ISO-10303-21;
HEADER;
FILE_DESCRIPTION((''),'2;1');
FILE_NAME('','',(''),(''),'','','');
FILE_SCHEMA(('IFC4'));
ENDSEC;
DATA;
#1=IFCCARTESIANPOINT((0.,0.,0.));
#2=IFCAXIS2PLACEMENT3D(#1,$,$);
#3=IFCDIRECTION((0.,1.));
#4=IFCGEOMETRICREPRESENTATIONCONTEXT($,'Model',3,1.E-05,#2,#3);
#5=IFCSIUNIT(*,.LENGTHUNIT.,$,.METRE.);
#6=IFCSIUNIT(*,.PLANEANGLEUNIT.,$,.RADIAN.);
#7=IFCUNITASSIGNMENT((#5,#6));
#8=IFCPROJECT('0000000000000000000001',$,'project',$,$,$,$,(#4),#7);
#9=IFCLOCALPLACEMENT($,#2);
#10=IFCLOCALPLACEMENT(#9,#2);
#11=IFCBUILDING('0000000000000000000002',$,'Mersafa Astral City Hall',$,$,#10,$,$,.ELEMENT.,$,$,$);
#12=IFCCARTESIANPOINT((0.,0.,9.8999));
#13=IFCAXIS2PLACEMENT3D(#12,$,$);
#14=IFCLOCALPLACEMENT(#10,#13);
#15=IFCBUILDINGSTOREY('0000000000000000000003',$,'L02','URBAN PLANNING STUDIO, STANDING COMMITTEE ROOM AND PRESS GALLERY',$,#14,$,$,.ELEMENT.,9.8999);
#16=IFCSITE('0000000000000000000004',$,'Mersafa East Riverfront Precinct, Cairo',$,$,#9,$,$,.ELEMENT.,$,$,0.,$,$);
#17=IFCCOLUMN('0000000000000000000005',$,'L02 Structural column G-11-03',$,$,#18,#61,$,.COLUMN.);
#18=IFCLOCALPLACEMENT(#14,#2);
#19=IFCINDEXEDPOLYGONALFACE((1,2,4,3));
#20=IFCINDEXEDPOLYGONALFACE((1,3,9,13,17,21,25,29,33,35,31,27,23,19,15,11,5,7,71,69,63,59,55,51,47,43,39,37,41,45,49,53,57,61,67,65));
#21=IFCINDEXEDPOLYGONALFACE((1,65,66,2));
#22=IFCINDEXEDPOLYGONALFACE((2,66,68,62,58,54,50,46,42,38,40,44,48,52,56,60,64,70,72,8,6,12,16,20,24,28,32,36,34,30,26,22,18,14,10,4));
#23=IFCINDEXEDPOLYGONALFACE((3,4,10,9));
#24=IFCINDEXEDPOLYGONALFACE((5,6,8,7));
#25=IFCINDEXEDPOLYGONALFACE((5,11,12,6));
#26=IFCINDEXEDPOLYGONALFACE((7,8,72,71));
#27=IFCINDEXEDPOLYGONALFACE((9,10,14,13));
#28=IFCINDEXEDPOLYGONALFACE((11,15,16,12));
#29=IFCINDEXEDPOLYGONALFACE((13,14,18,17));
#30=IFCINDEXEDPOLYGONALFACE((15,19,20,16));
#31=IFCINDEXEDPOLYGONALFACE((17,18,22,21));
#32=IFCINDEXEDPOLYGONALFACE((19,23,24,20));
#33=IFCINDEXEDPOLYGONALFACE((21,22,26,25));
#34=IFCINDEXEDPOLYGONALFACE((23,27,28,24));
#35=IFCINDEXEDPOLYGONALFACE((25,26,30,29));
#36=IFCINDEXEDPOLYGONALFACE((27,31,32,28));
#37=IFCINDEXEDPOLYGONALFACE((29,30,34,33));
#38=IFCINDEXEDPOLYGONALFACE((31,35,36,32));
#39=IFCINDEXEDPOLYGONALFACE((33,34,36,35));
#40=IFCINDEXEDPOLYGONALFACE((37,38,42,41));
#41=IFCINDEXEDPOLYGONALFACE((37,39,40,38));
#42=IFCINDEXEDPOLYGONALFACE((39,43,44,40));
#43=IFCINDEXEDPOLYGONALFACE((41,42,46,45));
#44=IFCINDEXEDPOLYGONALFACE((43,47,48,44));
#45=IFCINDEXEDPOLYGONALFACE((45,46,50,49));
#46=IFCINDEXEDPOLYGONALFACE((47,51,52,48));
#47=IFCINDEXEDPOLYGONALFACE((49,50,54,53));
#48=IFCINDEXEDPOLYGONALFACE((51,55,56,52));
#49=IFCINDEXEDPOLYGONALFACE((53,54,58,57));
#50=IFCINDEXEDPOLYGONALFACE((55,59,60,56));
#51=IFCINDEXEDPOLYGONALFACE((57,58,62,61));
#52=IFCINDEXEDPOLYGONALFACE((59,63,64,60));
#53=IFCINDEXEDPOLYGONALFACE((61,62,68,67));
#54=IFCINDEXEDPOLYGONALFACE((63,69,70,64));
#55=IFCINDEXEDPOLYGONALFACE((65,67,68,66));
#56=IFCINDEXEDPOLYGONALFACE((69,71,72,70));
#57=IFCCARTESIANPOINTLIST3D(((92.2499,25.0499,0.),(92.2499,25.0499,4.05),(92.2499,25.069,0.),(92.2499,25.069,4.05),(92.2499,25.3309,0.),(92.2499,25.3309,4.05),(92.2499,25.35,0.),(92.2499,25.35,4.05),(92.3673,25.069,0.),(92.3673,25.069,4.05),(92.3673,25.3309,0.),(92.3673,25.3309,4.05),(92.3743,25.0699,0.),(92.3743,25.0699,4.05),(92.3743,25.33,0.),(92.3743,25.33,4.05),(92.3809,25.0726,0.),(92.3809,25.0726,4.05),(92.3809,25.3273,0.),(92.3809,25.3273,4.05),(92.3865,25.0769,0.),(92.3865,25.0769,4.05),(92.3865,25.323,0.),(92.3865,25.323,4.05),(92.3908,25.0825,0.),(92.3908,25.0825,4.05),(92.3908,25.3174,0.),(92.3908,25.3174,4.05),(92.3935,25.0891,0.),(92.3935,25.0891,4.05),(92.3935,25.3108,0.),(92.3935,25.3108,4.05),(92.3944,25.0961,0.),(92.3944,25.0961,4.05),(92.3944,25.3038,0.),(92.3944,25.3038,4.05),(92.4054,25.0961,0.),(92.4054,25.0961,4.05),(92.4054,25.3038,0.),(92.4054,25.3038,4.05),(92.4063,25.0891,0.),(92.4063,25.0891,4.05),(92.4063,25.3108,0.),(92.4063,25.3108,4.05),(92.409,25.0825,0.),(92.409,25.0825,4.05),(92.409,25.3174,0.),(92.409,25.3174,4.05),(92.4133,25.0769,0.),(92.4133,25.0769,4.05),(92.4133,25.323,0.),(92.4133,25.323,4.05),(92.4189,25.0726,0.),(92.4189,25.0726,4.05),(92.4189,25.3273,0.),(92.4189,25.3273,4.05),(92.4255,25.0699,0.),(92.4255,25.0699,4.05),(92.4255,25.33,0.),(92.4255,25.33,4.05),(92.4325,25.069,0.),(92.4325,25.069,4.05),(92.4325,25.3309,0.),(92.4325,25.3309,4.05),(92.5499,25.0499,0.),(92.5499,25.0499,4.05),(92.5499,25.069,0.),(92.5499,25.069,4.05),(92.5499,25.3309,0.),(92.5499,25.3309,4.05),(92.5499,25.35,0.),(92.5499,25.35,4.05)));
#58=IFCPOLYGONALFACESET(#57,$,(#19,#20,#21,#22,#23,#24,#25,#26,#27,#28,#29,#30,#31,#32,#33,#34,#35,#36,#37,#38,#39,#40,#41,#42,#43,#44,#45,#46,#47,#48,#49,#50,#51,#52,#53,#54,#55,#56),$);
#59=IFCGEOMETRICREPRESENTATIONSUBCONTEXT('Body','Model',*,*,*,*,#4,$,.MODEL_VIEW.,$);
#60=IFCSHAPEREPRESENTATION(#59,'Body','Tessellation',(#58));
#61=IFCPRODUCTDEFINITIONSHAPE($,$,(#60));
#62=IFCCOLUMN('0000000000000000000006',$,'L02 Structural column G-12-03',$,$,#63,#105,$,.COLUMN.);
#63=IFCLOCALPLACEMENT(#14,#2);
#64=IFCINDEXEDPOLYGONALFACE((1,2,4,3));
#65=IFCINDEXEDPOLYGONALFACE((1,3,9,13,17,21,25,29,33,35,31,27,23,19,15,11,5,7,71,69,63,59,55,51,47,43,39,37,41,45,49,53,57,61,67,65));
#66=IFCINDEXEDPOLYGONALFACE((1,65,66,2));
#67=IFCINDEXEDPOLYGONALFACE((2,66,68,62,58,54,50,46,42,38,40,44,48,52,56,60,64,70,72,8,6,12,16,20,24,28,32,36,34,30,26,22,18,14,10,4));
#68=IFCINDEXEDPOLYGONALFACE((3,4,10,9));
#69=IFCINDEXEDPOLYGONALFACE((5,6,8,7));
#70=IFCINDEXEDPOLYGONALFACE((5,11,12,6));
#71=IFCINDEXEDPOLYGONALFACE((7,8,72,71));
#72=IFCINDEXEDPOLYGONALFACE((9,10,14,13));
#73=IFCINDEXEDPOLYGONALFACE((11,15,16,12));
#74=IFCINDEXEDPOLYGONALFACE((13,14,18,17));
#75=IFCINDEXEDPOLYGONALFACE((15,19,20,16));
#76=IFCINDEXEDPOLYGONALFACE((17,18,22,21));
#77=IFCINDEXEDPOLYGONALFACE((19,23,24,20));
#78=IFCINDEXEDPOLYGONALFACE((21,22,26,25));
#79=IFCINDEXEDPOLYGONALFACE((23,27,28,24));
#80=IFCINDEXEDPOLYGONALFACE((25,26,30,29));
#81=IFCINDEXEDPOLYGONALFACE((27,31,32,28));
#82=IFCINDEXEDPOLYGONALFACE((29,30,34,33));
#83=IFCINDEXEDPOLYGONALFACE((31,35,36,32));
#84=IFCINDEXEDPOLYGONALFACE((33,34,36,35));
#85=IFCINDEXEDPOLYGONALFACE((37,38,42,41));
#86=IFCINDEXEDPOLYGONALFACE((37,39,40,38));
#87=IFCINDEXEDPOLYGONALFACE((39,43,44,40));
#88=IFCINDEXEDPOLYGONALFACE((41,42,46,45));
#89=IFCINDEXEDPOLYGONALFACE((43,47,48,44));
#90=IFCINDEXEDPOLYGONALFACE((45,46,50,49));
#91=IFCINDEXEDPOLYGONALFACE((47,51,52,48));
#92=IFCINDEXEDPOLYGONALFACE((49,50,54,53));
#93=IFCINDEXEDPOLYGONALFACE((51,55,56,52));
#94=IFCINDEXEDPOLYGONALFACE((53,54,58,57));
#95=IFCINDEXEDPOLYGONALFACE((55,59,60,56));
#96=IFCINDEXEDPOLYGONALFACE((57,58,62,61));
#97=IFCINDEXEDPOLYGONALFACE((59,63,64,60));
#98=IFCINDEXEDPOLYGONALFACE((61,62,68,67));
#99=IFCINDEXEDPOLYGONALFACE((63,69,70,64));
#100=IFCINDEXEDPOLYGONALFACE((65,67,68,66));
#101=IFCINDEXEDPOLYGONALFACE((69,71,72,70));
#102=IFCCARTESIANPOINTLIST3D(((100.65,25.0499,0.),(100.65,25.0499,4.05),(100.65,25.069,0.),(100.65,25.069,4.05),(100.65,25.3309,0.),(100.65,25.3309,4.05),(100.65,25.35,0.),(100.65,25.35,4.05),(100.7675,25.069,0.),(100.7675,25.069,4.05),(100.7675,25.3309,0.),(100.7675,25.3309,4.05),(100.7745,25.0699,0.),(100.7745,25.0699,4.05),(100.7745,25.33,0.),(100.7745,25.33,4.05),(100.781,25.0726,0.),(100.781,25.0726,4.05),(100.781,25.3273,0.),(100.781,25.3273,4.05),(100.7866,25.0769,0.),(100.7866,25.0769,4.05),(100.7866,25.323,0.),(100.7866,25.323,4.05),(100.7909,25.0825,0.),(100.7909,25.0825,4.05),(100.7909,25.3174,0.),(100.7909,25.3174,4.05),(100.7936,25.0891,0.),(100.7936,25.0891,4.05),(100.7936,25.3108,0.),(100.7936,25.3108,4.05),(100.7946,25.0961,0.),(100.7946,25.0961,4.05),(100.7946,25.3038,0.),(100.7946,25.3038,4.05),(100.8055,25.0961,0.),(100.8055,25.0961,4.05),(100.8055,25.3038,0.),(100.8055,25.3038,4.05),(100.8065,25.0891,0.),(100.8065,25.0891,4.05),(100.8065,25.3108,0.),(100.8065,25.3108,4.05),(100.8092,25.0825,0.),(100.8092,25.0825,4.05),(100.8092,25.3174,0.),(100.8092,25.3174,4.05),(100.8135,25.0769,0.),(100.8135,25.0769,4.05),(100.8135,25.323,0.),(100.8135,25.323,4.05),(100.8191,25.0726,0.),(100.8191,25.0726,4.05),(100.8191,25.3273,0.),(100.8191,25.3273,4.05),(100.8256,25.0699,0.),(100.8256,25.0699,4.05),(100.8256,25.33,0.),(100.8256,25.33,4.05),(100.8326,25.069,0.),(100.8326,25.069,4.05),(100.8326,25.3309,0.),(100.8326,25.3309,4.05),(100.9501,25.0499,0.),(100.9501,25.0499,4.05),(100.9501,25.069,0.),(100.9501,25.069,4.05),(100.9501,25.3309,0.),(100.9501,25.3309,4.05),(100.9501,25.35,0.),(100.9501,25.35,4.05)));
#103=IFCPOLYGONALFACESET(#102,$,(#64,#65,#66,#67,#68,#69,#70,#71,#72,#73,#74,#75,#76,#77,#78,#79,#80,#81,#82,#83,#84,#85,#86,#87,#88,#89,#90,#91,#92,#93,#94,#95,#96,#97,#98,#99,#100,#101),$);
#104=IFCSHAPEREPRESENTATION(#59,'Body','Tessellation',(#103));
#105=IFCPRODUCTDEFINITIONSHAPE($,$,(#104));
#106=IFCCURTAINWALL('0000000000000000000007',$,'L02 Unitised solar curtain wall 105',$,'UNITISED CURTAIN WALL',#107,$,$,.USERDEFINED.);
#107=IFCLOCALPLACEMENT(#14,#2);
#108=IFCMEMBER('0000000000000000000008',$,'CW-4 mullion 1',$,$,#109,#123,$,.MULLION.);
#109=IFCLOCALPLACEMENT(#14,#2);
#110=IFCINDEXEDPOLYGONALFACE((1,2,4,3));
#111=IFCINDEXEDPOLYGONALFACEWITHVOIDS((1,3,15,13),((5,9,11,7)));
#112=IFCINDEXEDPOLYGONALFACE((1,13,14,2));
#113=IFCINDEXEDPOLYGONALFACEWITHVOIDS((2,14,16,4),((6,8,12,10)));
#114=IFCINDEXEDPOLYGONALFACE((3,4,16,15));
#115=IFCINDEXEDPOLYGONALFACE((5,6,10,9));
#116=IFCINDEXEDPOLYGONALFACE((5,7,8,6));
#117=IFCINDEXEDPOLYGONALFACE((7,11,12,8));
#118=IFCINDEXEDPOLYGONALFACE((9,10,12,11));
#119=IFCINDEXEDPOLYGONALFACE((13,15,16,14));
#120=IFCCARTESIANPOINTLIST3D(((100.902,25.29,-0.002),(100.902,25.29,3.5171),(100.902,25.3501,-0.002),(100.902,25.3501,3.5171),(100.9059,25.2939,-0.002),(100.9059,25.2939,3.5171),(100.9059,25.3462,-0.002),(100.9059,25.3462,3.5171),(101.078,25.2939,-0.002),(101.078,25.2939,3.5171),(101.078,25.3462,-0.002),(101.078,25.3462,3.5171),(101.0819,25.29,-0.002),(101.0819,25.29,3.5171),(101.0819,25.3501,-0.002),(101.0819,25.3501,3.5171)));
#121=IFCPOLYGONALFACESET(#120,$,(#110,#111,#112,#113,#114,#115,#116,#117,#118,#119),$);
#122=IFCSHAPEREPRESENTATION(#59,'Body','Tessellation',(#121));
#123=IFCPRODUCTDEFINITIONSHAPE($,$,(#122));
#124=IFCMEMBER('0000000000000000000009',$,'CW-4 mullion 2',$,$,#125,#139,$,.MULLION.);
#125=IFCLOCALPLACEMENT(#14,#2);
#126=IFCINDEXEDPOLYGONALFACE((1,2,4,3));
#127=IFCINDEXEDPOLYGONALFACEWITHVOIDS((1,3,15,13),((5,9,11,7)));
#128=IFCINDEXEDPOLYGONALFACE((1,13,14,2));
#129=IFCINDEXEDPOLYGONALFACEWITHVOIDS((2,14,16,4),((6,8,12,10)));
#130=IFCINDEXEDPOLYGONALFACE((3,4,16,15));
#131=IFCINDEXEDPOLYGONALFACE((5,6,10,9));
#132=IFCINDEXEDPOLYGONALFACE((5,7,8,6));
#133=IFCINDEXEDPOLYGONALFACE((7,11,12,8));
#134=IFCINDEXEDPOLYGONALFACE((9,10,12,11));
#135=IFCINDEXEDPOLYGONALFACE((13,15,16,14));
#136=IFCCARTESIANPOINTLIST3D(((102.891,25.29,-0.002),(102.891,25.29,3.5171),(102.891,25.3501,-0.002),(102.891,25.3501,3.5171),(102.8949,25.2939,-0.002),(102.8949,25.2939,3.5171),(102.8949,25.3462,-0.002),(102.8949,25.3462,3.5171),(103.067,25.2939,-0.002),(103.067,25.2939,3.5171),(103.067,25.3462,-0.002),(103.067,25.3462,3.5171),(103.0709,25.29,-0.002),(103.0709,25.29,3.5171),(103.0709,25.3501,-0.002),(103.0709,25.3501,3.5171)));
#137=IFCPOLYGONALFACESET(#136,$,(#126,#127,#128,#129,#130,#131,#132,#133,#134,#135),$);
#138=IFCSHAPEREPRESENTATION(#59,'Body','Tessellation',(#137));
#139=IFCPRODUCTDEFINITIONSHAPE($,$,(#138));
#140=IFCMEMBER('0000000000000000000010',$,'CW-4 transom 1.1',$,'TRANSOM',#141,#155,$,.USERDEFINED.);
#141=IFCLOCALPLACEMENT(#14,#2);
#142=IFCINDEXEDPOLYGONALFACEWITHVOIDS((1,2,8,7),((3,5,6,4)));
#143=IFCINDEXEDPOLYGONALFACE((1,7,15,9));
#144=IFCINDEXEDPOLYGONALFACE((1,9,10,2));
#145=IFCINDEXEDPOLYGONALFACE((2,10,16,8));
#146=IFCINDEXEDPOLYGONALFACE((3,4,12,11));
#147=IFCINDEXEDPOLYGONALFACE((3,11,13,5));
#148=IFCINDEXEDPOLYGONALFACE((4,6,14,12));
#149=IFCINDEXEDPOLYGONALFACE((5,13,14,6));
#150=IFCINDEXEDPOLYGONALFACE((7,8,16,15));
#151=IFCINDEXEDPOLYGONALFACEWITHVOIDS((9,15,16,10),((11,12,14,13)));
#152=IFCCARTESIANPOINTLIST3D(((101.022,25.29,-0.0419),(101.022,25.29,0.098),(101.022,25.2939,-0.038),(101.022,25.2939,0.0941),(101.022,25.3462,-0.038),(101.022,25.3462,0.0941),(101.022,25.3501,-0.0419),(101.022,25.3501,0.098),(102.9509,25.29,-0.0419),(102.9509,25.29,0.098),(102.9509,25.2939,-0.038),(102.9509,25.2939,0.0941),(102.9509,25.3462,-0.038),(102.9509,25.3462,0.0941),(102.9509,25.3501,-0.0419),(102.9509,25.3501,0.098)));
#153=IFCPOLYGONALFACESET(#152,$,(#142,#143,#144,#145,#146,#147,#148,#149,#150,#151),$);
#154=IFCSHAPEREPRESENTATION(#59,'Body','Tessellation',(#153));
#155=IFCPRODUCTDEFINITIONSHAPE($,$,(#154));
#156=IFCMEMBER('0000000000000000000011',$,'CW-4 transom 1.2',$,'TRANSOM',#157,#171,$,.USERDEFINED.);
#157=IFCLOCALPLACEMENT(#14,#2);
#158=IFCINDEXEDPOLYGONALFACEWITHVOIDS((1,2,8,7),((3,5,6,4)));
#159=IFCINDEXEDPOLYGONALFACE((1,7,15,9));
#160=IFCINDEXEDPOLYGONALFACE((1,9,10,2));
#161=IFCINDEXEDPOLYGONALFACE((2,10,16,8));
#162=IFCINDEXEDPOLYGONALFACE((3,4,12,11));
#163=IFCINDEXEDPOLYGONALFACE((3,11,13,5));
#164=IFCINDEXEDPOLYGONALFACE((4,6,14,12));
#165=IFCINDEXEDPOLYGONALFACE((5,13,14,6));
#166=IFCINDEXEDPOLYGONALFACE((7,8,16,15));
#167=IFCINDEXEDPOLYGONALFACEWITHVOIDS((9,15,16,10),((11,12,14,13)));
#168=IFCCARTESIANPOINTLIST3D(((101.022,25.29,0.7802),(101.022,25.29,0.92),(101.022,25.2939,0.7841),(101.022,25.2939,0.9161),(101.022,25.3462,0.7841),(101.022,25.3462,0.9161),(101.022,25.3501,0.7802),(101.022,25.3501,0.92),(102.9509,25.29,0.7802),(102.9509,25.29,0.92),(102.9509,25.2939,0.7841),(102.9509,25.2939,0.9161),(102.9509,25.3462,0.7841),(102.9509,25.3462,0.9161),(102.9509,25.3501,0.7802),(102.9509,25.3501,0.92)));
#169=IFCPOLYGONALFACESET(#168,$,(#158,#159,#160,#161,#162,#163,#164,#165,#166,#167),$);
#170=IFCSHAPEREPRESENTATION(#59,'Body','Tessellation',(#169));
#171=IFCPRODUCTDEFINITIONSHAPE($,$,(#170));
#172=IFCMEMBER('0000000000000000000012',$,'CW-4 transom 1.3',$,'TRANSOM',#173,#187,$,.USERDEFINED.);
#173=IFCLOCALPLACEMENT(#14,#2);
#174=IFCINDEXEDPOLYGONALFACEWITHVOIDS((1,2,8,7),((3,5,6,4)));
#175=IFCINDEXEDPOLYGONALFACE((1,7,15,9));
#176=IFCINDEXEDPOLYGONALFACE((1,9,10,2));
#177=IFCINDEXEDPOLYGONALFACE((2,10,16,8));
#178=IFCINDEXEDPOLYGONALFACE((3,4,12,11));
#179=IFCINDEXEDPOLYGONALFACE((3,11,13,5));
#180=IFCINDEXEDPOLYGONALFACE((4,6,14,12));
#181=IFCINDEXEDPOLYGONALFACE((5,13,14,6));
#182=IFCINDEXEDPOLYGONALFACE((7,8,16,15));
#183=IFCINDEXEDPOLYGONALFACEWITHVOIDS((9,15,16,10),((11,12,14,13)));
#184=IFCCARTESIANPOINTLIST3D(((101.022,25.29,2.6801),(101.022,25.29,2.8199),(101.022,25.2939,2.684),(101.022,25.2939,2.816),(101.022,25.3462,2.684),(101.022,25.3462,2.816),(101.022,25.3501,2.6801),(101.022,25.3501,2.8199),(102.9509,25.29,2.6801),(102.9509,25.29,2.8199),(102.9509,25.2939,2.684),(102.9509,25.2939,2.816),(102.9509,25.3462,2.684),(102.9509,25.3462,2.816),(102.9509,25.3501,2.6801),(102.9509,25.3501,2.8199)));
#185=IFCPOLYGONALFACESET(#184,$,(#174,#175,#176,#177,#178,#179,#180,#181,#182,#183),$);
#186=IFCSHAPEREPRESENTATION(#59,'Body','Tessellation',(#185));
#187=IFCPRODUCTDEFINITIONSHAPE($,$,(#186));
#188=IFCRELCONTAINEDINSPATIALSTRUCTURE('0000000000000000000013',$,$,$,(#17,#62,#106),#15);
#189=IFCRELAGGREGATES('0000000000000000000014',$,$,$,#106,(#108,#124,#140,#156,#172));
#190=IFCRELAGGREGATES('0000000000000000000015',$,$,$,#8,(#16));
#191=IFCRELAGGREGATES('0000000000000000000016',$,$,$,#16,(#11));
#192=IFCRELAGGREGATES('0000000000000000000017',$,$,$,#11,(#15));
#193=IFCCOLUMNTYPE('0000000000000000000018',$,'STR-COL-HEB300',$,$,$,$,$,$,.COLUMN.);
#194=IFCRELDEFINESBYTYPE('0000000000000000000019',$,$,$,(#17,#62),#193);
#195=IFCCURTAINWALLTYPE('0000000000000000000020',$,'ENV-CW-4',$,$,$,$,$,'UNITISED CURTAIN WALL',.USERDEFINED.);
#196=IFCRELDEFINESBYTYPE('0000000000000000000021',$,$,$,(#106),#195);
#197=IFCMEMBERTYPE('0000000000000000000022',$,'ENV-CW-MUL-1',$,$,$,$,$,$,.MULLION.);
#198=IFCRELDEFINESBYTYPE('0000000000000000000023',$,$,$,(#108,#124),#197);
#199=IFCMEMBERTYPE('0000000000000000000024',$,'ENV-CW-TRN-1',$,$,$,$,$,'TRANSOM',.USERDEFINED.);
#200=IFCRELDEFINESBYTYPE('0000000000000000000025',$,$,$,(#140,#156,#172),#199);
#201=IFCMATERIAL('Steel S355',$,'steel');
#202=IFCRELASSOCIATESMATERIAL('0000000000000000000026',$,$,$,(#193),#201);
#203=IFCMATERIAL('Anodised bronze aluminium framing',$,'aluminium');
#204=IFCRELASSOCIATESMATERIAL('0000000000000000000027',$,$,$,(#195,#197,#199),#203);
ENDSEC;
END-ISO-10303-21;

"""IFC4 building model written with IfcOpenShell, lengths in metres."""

from ifc_helpers import new_model, si_unit, direction, frame, origin, origin_2d, place, context, subcontext, project, spatial, hollow_rectangle, i_section, extrude, material, material_profile, profile_set, type_object, element, aggregate, save


model = new_model("IFC4")

# Units and contexts
model_context = context("Model", 3, precision=1e-05, world=origin(), true_north=direction((0.0, 1.0)))
body_context = subcontext(model_context, "Body", "Model", "MODEL_VIEW")
ifc_project = project(units=[si_unit("LENGTHUNIT", "METRE"), si_unit("PLANEANGLEUNIT", "RADIAN")], contexts=[model_context])

# Site, building, storey
site_placement = place(None, origin())
site = spatial("IfcSite", under=ifc_project, at=site_placement, Name="Mersafa East Riverfront Precinct, Cairo", CompositionType="ELEMENT", RefElevation=0.0)
building_placement = place(site_placement, origin())
building = spatial("IfcBuilding", under=site, at=building_placement, Name="Mersafa Astral City Hall", CompositionType="ELEMENT")
storey_placement = place(building_placement, frame((0.0, 0.0, 9.8999)))
storey = spatial("IfcBuildingStorey", under=building, at=storey_placement, Name="L02", Description="URBAN PLANNING STUDIO, STANDING COMMITTEE ROOM AND PRESS GALLERY", CompositionType="ELEMENT", Elevation=9.8999)

# Columns
ifc_material_1 = material(Name="Steel S355", Category="steel")
ifc_material_profile_1 = material_profile(ifc_material_1, i_section(OverallWidth=0.3, OverallDepth=0.3, WebThickness=0.011, FlangeThickness=0.019, FilletRadius=0.0271, at=origin_2d()), Name="HEB 300")
ifc_profile_set_1 = profile_set([ifc_material_profile_1], Name="Steel S355")
column_type = type_object("IfcColumnType", Name="STR-COL-HEB300", PredefinedType="COLUMN", material=ifc_profile_set_1)
for number, where, z_axis, x_axis, name in (
    (1, (92.3999, 25.2, 0.0), (0.0, 0.0, 1.0), (1.0, 0.0, 0.0), "L02 Structural column G-11-03"),
    (2, (100.8, 25.2, 0.0), (0.0, 0.0, 1.0), (1.0, 0.0, 0.0), "L02 Structural column G-12-03"),
):
    element("IfcColumn", number, at=place(storey_placement, frame(where, z_axis=z_axis, x_axis=x_axis)), inside=storey, type_object=column_type, Name=name, PredefinedType="COLUMN", context=body_context, shape_type="SweptSolid", body=[
        extrude(i_section(OverallWidth=0.3, OverallDepth=0.3, WebThickness=0.011, FlangeThickness=0.019, FilletRadius=0.0271, at=origin_2d()), origin(), (0.0, 0.0, 1.0), 4.05),
    ])

# Curtain wall, members
ifc_material_2 = material(Name="Anodised bronze aluminium framing", Category="aluminium")
curtain_wall_type = type_object("IfcCurtainWallType", Name="ENV-CW-4", ElementType="UNITISED CURTAIN WALL", PredefinedType="USERDEFINED", material=ifc_material_2)
curtain_wall_placement = place(storey_placement, origin())
curtain_wall = element("IfcCurtainWall", 3, at=curtain_wall_placement, inside=storey, type_object=curtain_wall_type, Name="L02 Unitised solar curtain wall 105", ObjectType="UNITISED CURTAIN WALL", PredefinedType="USERDEFINED")
ifc_material_profile_2 = material_profile(ifc_material_2, hollow_rectangle(XDim=0.0601, YDim=0.1799, WallThickness=0.0039, at=origin_2d()), Name="RHS 60x180x4")
ifc_profile_set_2 = profile_set([ifc_material_profile_2], Name="Anodised bronze aluminium framing")
member_type_1 = type_object("IfcMemberType", Name="ENV-CW-MUL-1", PredefinedType="MULLION", material=ifc_profile_set_2)
member_1_placement = place(storey_placement, frame((100.9919, 25.3201, -0.002), z_axis=(0.0, 0.0, 1.0), x_axis=(0.0, 1.0, 0.0)))
member_1 = element("IfcMember", 4, at=member_1_placement, type_object=member_type_1, Name="CW-4 mullion 1", PredefinedType="MULLION", context=body_context, shape_type="SweptSolid", body=[
    extrude(hollow_rectangle(XDim=0.0601, YDim=0.1799, WallThickness=0.0039, at=origin_2d()), origin(), (0.0, 0.0, 1.0), 3.519),
])
member_2_placement = place(storey_placement, frame((102.981, 25.3201, -0.002), z_axis=(0.0, 0.0, 1.0), x_axis=(0.0, 1.0, 0.0)))
member_2 = element("IfcMember", 5, at=member_2_placement, type_object=member_type_1, Name="CW-4 mullion 2", PredefinedType="MULLION", context=body_context, shape_type="SweptSolid", body=[
    extrude(hollow_rectangle(XDim=0.0601, YDim=0.1799, WallThickness=0.0039, at=origin_2d()), origin(), (0.0, 0.0, 1.0), 3.519),
])
ifc_material_profile_3 = material_profile(ifc_material_2, hollow_rectangle(XDim=0.0601, YDim=0.1399, WallThickness=0.0039, at=origin_2d()), Name="RHS 60x140x4")
ifc_profile_set_3 = profile_set([ifc_material_profile_3], Name="Anodised bronze aluminium framing")
member_type_2 = type_object("IfcMemberType", Name="ENV-CW-TRN-1", ElementType="TRANSOM", PredefinedType="USERDEFINED", material=ifc_profile_set_3)
member_3_placement = place(storey_placement, frame((101.022, 25.3201, 0.0281), z_axis=(1.0, 0.0, 0.0), x_axis=(0.0, 1.0, 0.0)))
member_3 = element("IfcMember", 6, at=member_3_placement, type_object=member_type_2, Name="CW-4 transom 1.1", ObjectType="TRANSOM", PredefinedType="USERDEFINED", context=body_context, shape_type="SweptSolid", body=[
    extrude(hollow_rectangle(XDim=0.0601, YDim=0.1399, WallThickness=0.0039, at=origin_2d()), origin(), (0.0, 0.0, 1.0), 1.929),
])
member_4_placement = place(storey_placement, frame((101.022, 25.3201, 0.8501), z_axis=(1.0, 0.0, 0.0), x_axis=(0.0, 1.0, 0.0)))
member_4 = element("IfcMember", 7, at=member_4_placement, type_object=member_type_2, Name="CW-4 transom 1.2", ObjectType="TRANSOM", PredefinedType="USERDEFINED", context=body_context, shape_type="SweptSolid", body=[
    extrude(hollow_rectangle(XDim=0.0601, YDim=0.1399, WallThickness=0.0039, at=origin_2d()), origin(), (0.0, 0.0, 1.0), 1.929),
])
member_5_placement = place(storey_placement, frame((101.022, 25.3201, 2.75), z_axis=(1.0, 0.0, 0.0), x_axis=(0.0, 1.0, 0.0)))
member_5 = element("IfcMember", 8, at=member_5_placement, type_object=member_type_2, Name="CW-4 transom 1.3", ObjectType="TRANSOM", PredefinedType="USERDEFINED", context=body_context, shape_type="SweptSolid", body=[
    extrude(hollow_rectangle(XDim=0.0601, YDim=0.1399, WallThickness=0.0039, at=origin_2d()), origin(), (0.0, 0.0, 1.0), 1.929),
])

aggregate(curtain_wall, [member_1, member_2, member_3, member_4, member_5])

save(model, "model.ifc")
